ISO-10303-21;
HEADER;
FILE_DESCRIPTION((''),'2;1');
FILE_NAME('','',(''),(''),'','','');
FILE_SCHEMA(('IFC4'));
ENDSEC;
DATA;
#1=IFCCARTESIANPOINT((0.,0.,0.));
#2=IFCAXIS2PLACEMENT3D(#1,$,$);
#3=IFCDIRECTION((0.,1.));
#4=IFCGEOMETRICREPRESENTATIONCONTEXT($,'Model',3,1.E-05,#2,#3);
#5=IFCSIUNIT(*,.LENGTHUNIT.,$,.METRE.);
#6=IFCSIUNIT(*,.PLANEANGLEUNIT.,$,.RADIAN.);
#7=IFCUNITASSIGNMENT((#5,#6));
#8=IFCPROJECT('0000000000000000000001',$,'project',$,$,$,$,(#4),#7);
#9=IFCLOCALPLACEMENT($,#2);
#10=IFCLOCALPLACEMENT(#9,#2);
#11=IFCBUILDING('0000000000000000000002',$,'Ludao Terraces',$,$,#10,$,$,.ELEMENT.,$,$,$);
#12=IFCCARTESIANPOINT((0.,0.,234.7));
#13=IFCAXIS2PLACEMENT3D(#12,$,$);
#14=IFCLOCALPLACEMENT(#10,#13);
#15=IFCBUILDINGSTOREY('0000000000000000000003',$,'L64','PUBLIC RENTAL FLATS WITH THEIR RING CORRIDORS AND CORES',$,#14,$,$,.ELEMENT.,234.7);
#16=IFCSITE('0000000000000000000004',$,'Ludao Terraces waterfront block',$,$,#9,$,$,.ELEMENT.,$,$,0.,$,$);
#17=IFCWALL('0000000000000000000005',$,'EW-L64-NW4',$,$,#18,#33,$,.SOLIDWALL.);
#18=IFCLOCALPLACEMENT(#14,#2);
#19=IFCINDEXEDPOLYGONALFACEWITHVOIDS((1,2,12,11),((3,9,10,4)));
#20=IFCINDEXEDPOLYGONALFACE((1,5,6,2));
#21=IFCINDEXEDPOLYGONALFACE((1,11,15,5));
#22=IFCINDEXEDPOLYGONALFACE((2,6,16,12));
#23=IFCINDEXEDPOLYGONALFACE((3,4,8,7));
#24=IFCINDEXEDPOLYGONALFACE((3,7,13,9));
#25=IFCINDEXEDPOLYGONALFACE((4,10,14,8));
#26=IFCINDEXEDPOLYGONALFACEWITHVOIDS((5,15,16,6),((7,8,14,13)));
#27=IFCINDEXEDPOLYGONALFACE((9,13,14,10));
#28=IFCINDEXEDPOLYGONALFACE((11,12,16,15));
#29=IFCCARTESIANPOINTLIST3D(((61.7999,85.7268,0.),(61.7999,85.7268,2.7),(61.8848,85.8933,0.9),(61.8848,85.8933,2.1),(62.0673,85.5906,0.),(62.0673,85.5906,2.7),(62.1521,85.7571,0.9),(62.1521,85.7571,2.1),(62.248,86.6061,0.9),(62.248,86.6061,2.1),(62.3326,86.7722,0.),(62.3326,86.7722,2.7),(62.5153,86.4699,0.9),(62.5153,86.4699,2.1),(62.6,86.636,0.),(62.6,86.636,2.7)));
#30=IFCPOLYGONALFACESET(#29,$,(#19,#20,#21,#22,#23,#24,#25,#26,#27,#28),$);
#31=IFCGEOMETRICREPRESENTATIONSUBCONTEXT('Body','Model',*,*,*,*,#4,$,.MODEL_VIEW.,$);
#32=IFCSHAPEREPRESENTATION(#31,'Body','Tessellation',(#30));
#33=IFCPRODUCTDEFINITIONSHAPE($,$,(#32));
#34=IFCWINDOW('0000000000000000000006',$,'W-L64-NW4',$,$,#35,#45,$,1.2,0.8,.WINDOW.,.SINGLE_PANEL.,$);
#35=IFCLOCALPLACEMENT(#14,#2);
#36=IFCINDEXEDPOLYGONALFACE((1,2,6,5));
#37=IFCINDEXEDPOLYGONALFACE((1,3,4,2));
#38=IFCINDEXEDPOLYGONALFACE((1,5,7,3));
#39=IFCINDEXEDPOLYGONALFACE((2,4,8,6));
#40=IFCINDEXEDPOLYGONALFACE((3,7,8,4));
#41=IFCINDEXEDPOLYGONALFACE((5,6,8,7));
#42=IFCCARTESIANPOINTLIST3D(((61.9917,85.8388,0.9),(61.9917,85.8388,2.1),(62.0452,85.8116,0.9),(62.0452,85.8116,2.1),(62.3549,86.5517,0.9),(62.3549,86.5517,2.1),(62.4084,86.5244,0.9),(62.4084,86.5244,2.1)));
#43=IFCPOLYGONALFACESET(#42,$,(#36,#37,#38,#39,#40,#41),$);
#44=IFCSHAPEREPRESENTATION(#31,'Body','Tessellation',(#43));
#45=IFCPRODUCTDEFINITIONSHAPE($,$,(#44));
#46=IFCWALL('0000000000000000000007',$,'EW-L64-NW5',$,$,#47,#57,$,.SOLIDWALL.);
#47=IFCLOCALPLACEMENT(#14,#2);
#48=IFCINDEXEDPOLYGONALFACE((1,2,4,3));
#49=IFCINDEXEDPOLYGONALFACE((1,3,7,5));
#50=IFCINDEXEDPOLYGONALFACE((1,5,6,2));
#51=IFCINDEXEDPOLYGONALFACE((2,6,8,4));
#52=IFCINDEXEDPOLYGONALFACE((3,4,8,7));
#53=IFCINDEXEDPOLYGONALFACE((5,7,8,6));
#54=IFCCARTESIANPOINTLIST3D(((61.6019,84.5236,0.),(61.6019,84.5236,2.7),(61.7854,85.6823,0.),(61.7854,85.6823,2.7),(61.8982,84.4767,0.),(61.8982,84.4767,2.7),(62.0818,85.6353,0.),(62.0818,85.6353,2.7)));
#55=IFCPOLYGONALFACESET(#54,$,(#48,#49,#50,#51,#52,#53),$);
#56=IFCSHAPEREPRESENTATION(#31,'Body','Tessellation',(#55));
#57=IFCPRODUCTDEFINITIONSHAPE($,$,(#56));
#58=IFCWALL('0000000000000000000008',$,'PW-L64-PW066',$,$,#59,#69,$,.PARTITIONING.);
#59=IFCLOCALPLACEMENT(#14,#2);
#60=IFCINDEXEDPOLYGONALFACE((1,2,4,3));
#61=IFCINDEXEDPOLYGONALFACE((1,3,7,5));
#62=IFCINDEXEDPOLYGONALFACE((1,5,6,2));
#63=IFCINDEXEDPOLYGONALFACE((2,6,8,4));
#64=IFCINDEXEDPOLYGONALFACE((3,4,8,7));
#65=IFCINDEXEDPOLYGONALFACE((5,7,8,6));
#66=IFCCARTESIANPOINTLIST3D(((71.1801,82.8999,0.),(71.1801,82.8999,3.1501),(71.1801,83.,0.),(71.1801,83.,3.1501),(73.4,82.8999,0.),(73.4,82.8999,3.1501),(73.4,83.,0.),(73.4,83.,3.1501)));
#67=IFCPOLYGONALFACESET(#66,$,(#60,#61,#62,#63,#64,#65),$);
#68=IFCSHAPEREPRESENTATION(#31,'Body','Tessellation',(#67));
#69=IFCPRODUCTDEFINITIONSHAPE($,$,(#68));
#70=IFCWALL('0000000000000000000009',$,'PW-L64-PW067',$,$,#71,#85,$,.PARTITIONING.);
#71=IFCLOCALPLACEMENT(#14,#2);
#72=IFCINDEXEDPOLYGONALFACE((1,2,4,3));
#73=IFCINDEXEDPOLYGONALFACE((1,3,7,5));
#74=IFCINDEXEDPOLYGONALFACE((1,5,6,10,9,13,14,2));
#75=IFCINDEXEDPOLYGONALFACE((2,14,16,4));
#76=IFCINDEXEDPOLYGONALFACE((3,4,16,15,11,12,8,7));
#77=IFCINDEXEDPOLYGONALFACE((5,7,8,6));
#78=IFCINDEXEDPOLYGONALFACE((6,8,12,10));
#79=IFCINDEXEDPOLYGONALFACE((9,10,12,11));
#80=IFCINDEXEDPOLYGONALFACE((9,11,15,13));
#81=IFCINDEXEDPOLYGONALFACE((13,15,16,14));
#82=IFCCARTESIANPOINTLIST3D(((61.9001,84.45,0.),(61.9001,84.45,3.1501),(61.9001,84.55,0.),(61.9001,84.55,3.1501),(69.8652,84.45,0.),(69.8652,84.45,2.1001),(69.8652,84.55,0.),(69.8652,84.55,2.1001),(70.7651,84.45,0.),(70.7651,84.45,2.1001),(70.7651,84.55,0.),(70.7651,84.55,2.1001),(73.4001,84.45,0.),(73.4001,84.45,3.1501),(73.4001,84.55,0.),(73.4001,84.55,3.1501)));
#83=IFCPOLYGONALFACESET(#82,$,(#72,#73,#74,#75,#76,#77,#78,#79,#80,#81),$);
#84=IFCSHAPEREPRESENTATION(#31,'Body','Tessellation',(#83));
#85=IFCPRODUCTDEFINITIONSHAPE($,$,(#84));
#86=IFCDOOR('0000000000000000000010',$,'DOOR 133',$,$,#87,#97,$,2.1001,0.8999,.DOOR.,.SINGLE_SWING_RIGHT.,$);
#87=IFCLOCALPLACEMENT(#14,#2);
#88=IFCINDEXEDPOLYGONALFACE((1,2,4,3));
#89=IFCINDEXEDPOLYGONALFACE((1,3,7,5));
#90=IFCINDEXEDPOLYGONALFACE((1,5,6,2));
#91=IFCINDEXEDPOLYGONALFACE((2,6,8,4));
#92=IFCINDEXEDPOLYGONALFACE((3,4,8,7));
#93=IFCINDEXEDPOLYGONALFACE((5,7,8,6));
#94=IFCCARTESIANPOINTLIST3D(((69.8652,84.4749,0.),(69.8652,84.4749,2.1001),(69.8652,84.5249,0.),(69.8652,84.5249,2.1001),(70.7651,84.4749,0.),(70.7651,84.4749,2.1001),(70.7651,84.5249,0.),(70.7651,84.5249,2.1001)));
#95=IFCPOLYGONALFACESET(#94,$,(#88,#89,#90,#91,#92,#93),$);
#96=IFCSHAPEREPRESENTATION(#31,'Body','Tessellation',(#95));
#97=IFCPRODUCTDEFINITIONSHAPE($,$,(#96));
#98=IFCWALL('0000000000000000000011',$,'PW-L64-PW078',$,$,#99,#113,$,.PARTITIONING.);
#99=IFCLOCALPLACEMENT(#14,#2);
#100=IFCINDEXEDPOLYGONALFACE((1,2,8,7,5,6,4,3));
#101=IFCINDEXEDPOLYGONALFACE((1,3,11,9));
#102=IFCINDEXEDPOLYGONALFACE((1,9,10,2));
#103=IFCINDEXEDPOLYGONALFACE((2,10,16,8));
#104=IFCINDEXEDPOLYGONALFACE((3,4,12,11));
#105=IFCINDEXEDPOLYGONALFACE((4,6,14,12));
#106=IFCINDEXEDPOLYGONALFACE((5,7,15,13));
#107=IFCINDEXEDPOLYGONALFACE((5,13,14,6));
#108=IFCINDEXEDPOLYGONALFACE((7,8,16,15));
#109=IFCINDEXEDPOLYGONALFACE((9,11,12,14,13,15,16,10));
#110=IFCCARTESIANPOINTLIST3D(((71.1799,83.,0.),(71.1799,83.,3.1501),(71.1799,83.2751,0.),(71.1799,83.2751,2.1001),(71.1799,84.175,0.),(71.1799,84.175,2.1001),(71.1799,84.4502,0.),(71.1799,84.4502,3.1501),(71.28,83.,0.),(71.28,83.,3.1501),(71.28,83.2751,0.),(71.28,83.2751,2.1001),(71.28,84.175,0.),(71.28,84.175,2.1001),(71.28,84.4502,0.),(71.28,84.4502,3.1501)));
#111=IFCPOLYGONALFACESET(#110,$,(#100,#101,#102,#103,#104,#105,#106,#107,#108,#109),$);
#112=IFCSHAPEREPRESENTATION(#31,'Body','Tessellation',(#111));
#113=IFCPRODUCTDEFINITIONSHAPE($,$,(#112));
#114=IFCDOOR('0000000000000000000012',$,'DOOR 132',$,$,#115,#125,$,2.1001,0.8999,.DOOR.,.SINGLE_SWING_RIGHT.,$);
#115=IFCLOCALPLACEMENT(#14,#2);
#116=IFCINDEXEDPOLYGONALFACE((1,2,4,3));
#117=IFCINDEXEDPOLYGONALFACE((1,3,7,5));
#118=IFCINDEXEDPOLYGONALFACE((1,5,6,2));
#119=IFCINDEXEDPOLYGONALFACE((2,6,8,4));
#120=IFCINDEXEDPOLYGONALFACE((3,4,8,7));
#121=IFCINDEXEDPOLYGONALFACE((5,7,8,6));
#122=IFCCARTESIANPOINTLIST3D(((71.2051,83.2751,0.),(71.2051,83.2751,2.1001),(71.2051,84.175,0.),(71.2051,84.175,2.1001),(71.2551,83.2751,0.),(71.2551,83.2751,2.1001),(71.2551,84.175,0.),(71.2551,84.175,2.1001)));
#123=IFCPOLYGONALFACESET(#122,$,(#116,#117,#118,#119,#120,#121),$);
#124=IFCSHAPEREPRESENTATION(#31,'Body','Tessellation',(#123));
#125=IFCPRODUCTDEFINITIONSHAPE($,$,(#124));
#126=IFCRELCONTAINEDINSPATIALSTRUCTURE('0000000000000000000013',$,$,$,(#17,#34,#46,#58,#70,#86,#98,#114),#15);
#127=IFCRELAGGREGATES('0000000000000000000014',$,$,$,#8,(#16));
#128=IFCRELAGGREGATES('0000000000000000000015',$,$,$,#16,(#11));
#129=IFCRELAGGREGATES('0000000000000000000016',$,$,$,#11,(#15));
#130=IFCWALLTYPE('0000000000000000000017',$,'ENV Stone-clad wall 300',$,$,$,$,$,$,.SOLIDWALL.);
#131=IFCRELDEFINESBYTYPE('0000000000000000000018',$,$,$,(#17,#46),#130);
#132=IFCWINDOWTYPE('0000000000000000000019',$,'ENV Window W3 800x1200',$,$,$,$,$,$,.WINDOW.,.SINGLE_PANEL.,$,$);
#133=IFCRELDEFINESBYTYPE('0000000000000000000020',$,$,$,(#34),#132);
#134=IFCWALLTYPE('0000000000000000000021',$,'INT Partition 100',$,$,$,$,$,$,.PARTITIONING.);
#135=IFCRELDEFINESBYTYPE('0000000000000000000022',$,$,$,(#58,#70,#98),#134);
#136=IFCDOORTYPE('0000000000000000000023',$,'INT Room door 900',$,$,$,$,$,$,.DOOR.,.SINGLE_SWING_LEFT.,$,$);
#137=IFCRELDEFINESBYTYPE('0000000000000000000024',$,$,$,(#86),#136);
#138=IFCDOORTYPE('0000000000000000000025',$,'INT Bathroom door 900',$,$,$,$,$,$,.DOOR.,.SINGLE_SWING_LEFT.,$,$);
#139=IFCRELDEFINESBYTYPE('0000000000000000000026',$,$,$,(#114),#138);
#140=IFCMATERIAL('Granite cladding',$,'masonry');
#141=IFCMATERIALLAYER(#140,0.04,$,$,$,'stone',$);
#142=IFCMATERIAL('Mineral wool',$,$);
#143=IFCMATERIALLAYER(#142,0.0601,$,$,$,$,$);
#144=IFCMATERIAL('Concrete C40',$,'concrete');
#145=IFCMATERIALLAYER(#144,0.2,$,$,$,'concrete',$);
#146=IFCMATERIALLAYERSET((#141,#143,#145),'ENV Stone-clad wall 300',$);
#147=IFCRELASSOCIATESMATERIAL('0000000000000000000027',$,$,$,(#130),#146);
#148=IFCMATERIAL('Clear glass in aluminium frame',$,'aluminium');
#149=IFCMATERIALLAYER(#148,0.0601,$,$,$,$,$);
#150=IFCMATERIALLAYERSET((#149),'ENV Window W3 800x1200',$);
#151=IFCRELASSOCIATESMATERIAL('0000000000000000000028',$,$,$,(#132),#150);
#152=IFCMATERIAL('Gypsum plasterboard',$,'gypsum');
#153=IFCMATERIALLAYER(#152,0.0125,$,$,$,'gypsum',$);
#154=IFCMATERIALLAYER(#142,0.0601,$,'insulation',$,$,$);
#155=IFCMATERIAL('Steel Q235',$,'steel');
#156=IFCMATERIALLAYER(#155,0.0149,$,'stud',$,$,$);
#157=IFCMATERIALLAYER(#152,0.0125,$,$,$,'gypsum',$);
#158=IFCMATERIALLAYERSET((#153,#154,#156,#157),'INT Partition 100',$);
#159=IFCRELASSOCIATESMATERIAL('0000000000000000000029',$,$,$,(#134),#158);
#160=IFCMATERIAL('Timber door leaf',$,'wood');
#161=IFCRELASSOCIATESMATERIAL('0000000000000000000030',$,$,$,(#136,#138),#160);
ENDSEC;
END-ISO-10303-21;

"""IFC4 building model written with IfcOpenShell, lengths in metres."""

from ifc_helpers import new_model, si_unit, direction, frame, frame_2d, origin, place, context, subcontext, project, spatial, rectangle, extrude, material, layer, layer_set, type_object, element, fill, save


model = new_model("IFC4")

# Units and contexts
model_context = context("Model", 3, precision=1e-05, world=origin(), true_north=direction((0.0, 1.0)))
body_context = subcontext(model_context, "Body", "Model", "MODEL_VIEW")
ifc_project = project(units=[si_unit("LENGTHUNIT", "METRE"), si_unit("PLANEANGLEUNIT", "RADIAN")], contexts=[model_context])

# Site, building, storey
site_placement = place(None, origin())
site = spatial("IfcSite", under=ifc_project, at=site_placement, Name="Ludao Terraces waterfront block", CompositionType="ELEMENT", RefElevation=0.0)
building_placement = place(site_placement, origin())
building = spatial("IfcBuilding", under=site, at=building_placement, Name="Ludao Terraces", CompositionType="ELEMENT")
storey_placement = place(building_placement, frame((0.0, 0.0, 234.7)))
storey = spatial("IfcBuildingStorey", under=building, at=storey_placement, Name="L64", Description="PUBLIC RENTAL FLATS WITH THEIR RING CORRIDORS AND CORES", CompositionType="ELEMENT", Elevation=234.7)

# Shared definitions
ifc_material_1 = material(Name="Concrete C40", Category="concrete")

# Shared definitions
ifc_material_2 = material(Name="Granite cladding", Category="masonry")
ifc_layer_1 = layer(ifc_material_2, 0.04, Category="stone")
ifc_material_3 = material(Name="Mineral wool")
ifc_layer_2 = layer(ifc_material_3, 0.0601)
ifc_layer_3 = layer(ifc_material_1, 0.2, Category="concrete")
ifc_layer_set_1 = layer_set([ifc_layer_1, ifc_layer_2, ifc_layer_3], Name="ENV Stone-clad wall 300")
wall_type_1 = type_object("IfcWallType", Name="ENV Stone-clad wall 300", PredefinedType="SOLIDWALL", material=ifc_layer_set_1)
ifc_material_4 = material(Name="Clear glass in aluminium frame", Category="aluminium")

# Wall, opening, window
ifc_layer_4 = layer(ifc_material_4, 0.0601)
ifc_layer_set_2 = layer_set([ifc_layer_4], Name="ENV Window W3 800x1200")
window_type_1 = type_object("IfcWindowType", Name="ENV Window W3 800x1200", PartitioningType="SINGLE_PANEL", PredefinedType="WINDOW", material=ifc_layer_set_2)
wall_1_placement = place(storey_placement, frame((62.4663, 86.7041, 0.0), z_axis=(0.0, 0.0, 1.0), x_axis=(-0.454026, -0.890989, 0.0)))
wall_1 = element("IfcWall", 1, at=wall_1_placement, inside=storey, type_object=wall_type_1, Name="EW-L64-NW4", PredefinedType="SOLIDWALL", context=body_context, shape_type="SweptSolid", body=[
    extrude(rectangle(XDim=1.1733, YDim=0.3, at=frame_2d((0.5867, 0.0))), origin(), (0.0, 0.0, 1.0), 2.7),
])
opening_1_placement = place(wall_1_placement, frame((0.1865, 0.0, 0.8999)))
opening_1 = element("IfcOpeningElement", 2, at=opening_1_placement, cuts=wall_1, PredefinedType="OPENING", context=body_context, shape_type="SweptSolid", body=[
    extrude(rectangle(XDim=0.8, YDim=1.2, at=frame_2d((0.3999, 0.6001))), frame((0.0, 0.1602, 0.0), z_axis=(0.0, -1.0, 0.0), x_axis=(1.0, 0.0, 0.0)), (0.0, 0.0, 1.0), 0.3201),
])
window_1_placement = place(opening_1_placement, origin())
window_1 = element("IfcWindow", 3, at=window_1_placement, inside=storey, type_object=window_type_1, Name="W-L64-NW4", OverallHeight=1.2, OverallWidth=0.8, PartitioningType="SINGLE_PANEL", PredefinedType="WINDOW", context=body_context, shape_type="SweptSolid", body=[
    extrude(rectangle(XDim=0.8, YDim=1.2, at=frame_2d((0.3999, 0.6001))), frame((0.0, 0.03, 0.0), z_axis=(0.0, -1.0, 0.0), x_axis=(1.0, 0.0, 0.0)), (0.0, 0.0, 1.0), 0.0601),
])
fill(opening_1, window_1)

# Walls
wall_2_placement = place(storey_placement, frame((61.9336, 85.6587, 0.0), z_axis=(0.0, 0.0, 1.0), x_axis=(-0.156497, -0.987678, 0.0)))
element("IfcWall", 4, at=wall_2_placement, inside=storey, type_object=wall_type_1, Name="EW-L64-NW5", PredefinedType="SOLIDWALL", context=body_context, shape_type="SweptSolid", body=[
    extrude(rectangle(XDim=1.1731, YDim=0.3, at=frame_2d((0.5864, 0.0))), origin(), (0.0, 0.0, 1.0), 2.7),
])
ifc_material_5 = material(Name="Gypsum plasterboard", Category="gypsum")
ifc_layer_5 = layer(ifc_material_5, 0.0125, Category="gypsum")
ifc_layer_6 = layer(ifc_material_3, 0.0601, Name="insulation")
ifc_material_6 = material(Name="Steel Q235", Category="steel")
ifc_layer_7 = layer(ifc_material_6, 0.0149, Name="stud")
ifc_layer_8 = layer(ifc_material_5, 0.0125, Category="gypsum")
ifc_layer_set_3 = layer_set([ifc_layer_5, ifc_layer_6, ifc_layer_7, ifc_layer_8], Name="INT Partition 100")
wall_type_2 = type_object("IfcWallType", Name="INT Partition 100", PredefinedType="PARTITIONING", material=ifc_layer_set_3)
wall_3_placement = place(storey_placement, frame((71.1802, 82.95, 0.0), z_axis=(0.0, 0.0, 1.0), x_axis=(1.0, 0.0, 0.0)))
element("IfcWall", 5, at=wall_3_placement, inside=storey, type_object=wall_type_2, Name="PW-L64-PW066", PredefinedType="PARTITIONING", context=body_context, shape_type="SweptSolid", body=[
    extrude(rectangle(XDim=2.22, YDim=0.1001, at=frame_2d((1.1099, 0.0))), origin(), (0.0, 0.0, 1.0), 3.1501),
])

# Walls, openings, doors
wall_4_placement = place(storey_placement, frame((61.9001, 84.5, 0.0), z_axis=(0.0, 0.0, 1.0), x_axis=(1.0, 0.0, 0.0)))
wall_4 = element("IfcWall", 6, at=wall_4_placement, inside=storey, type_object=wall_type_2, Name="PW-L64-PW067", PredefinedType="PARTITIONING", context=body_context, shape_type="SweptSolid", body=[
    extrude(rectangle(XDim=11.5, YDim=0.1001, at=frame_2d((5.75, 0.0))), origin(), (0.0, 0.0, 1.0), 3.1501),
])
opening_2_placement = place(wall_4_placement, frame((7.9651, 0.0, 0.0)))
opening_2 = element("IfcOpeningElement", 7, at=opening_2_placement, cuts=wall_4, PredefinedType="OPENING", context=body_context, shape_type="SweptSolid", body=[
    extrude(rectangle(XDim=0.8999, YDim=2.1001, at=frame_2d((0.45, 1.05))), frame((0.0, 0.0601, 0.0), z_axis=(0.0, -1.0, 0.0), x_axis=(1.0, 0.0, 0.0)), (0.0, 0.0, 1.0), 0.1201),
])
ifc_material_7 = material(Name="Timber door leaf", Category="wood")
door_type_1 = type_object("IfcDoorType", Name="INT Room door 900", OperationType="SINGLE_SWING_LEFT", PredefinedType="DOOR", material=ifc_material_7)
door_1_placement = place(opening_2_placement, origin())
door_1 = element("IfcDoor", 8, at=door_1_placement, inside=storey, type_object=door_type_1, Name="DOOR 133", OperationType="SINGLE_SWING_RIGHT", OverallHeight=2.1001, OverallWidth=0.8999, PredefinedType="DOOR", context=body_context, shape_type="SweptSolid", body=[
    extrude(rectangle(XDim=0.8999, YDim=2.1001, at=frame_2d((0.45, 1.05))), frame((0.0, 0.0249, 0.0), z_axis=(0.0, -1.0, 0.0), x_axis=(1.0, 0.0, 0.0)), (0.0, 0.0, 1.0), 0.05),
])
fill(opening_2, door_1)
wall_5_placement = place(storey_placement, frame((71.23, 83.0, 0.0), z_axis=(0.0, 0.0, 1.0), x_axis=(0.0, 1.0, 0.0)))
wall_5 = element("IfcWall", 9, at=wall_5_placement, inside=storey, type_object=wall_type_2, Name="PW-L64-PW078", PredefinedType="PARTITIONING", context=body_context, shape_type="SweptSolid", body=[
    extrude(rectangle(XDim=1.4502, YDim=0.1001, at=frame_2d((0.7251, 0.0))), origin(), (0.0, 0.0, 1.0), 3.1501),
])
opening_3_placement = place(wall_5_placement, frame((0.2751, 0.0, 0.0)))
opening_3 = element("IfcOpeningElement", 10, at=opening_3_placement, cuts=wall_5, PredefinedType="OPENING", context=body_context, shape_type="SweptSolid", body=[
    extrude(rectangle(XDim=0.8999, YDim=2.1001, at=frame_2d((0.45, 1.05))), frame((0.0, 0.0601, 0.0), z_axis=(0.0, -1.0, 0.0), x_axis=(1.0, 0.0, 0.0)), (0.0, 0.0, 1.0), 0.1201),
])
door_type_2 = type_object("IfcDoorType", Name="INT Bathroom door 900", OperationType="SINGLE_SWING_LEFT", PredefinedType="DOOR", material=ifc_material_7)
door_2_placement = place(opening_3_placement, origin())
door_2 = element("IfcDoor", 11, at=door_2_placement, inside=storey, type_object=door_type_2, Name="DOOR 132", OperationType="SINGLE_SWING_RIGHT", OverallHeight=2.1001, OverallWidth=0.8999, PredefinedType="DOOR", context=body_context, shape_type="SweptSolid", body=[
    extrude(rectangle(XDim=0.8999, YDim=2.1001, at=frame_2d((0.45, 1.05))), frame((0.0, 0.0249, 0.0), z_axis=(0.0, -1.0, 0.0), x_axis=(1.0, 0.0, 0.0)), (0.0, 0.0, 1.0), 0.05),
])
fill(opening_3, door_2)

save(model, "model.ifc")
